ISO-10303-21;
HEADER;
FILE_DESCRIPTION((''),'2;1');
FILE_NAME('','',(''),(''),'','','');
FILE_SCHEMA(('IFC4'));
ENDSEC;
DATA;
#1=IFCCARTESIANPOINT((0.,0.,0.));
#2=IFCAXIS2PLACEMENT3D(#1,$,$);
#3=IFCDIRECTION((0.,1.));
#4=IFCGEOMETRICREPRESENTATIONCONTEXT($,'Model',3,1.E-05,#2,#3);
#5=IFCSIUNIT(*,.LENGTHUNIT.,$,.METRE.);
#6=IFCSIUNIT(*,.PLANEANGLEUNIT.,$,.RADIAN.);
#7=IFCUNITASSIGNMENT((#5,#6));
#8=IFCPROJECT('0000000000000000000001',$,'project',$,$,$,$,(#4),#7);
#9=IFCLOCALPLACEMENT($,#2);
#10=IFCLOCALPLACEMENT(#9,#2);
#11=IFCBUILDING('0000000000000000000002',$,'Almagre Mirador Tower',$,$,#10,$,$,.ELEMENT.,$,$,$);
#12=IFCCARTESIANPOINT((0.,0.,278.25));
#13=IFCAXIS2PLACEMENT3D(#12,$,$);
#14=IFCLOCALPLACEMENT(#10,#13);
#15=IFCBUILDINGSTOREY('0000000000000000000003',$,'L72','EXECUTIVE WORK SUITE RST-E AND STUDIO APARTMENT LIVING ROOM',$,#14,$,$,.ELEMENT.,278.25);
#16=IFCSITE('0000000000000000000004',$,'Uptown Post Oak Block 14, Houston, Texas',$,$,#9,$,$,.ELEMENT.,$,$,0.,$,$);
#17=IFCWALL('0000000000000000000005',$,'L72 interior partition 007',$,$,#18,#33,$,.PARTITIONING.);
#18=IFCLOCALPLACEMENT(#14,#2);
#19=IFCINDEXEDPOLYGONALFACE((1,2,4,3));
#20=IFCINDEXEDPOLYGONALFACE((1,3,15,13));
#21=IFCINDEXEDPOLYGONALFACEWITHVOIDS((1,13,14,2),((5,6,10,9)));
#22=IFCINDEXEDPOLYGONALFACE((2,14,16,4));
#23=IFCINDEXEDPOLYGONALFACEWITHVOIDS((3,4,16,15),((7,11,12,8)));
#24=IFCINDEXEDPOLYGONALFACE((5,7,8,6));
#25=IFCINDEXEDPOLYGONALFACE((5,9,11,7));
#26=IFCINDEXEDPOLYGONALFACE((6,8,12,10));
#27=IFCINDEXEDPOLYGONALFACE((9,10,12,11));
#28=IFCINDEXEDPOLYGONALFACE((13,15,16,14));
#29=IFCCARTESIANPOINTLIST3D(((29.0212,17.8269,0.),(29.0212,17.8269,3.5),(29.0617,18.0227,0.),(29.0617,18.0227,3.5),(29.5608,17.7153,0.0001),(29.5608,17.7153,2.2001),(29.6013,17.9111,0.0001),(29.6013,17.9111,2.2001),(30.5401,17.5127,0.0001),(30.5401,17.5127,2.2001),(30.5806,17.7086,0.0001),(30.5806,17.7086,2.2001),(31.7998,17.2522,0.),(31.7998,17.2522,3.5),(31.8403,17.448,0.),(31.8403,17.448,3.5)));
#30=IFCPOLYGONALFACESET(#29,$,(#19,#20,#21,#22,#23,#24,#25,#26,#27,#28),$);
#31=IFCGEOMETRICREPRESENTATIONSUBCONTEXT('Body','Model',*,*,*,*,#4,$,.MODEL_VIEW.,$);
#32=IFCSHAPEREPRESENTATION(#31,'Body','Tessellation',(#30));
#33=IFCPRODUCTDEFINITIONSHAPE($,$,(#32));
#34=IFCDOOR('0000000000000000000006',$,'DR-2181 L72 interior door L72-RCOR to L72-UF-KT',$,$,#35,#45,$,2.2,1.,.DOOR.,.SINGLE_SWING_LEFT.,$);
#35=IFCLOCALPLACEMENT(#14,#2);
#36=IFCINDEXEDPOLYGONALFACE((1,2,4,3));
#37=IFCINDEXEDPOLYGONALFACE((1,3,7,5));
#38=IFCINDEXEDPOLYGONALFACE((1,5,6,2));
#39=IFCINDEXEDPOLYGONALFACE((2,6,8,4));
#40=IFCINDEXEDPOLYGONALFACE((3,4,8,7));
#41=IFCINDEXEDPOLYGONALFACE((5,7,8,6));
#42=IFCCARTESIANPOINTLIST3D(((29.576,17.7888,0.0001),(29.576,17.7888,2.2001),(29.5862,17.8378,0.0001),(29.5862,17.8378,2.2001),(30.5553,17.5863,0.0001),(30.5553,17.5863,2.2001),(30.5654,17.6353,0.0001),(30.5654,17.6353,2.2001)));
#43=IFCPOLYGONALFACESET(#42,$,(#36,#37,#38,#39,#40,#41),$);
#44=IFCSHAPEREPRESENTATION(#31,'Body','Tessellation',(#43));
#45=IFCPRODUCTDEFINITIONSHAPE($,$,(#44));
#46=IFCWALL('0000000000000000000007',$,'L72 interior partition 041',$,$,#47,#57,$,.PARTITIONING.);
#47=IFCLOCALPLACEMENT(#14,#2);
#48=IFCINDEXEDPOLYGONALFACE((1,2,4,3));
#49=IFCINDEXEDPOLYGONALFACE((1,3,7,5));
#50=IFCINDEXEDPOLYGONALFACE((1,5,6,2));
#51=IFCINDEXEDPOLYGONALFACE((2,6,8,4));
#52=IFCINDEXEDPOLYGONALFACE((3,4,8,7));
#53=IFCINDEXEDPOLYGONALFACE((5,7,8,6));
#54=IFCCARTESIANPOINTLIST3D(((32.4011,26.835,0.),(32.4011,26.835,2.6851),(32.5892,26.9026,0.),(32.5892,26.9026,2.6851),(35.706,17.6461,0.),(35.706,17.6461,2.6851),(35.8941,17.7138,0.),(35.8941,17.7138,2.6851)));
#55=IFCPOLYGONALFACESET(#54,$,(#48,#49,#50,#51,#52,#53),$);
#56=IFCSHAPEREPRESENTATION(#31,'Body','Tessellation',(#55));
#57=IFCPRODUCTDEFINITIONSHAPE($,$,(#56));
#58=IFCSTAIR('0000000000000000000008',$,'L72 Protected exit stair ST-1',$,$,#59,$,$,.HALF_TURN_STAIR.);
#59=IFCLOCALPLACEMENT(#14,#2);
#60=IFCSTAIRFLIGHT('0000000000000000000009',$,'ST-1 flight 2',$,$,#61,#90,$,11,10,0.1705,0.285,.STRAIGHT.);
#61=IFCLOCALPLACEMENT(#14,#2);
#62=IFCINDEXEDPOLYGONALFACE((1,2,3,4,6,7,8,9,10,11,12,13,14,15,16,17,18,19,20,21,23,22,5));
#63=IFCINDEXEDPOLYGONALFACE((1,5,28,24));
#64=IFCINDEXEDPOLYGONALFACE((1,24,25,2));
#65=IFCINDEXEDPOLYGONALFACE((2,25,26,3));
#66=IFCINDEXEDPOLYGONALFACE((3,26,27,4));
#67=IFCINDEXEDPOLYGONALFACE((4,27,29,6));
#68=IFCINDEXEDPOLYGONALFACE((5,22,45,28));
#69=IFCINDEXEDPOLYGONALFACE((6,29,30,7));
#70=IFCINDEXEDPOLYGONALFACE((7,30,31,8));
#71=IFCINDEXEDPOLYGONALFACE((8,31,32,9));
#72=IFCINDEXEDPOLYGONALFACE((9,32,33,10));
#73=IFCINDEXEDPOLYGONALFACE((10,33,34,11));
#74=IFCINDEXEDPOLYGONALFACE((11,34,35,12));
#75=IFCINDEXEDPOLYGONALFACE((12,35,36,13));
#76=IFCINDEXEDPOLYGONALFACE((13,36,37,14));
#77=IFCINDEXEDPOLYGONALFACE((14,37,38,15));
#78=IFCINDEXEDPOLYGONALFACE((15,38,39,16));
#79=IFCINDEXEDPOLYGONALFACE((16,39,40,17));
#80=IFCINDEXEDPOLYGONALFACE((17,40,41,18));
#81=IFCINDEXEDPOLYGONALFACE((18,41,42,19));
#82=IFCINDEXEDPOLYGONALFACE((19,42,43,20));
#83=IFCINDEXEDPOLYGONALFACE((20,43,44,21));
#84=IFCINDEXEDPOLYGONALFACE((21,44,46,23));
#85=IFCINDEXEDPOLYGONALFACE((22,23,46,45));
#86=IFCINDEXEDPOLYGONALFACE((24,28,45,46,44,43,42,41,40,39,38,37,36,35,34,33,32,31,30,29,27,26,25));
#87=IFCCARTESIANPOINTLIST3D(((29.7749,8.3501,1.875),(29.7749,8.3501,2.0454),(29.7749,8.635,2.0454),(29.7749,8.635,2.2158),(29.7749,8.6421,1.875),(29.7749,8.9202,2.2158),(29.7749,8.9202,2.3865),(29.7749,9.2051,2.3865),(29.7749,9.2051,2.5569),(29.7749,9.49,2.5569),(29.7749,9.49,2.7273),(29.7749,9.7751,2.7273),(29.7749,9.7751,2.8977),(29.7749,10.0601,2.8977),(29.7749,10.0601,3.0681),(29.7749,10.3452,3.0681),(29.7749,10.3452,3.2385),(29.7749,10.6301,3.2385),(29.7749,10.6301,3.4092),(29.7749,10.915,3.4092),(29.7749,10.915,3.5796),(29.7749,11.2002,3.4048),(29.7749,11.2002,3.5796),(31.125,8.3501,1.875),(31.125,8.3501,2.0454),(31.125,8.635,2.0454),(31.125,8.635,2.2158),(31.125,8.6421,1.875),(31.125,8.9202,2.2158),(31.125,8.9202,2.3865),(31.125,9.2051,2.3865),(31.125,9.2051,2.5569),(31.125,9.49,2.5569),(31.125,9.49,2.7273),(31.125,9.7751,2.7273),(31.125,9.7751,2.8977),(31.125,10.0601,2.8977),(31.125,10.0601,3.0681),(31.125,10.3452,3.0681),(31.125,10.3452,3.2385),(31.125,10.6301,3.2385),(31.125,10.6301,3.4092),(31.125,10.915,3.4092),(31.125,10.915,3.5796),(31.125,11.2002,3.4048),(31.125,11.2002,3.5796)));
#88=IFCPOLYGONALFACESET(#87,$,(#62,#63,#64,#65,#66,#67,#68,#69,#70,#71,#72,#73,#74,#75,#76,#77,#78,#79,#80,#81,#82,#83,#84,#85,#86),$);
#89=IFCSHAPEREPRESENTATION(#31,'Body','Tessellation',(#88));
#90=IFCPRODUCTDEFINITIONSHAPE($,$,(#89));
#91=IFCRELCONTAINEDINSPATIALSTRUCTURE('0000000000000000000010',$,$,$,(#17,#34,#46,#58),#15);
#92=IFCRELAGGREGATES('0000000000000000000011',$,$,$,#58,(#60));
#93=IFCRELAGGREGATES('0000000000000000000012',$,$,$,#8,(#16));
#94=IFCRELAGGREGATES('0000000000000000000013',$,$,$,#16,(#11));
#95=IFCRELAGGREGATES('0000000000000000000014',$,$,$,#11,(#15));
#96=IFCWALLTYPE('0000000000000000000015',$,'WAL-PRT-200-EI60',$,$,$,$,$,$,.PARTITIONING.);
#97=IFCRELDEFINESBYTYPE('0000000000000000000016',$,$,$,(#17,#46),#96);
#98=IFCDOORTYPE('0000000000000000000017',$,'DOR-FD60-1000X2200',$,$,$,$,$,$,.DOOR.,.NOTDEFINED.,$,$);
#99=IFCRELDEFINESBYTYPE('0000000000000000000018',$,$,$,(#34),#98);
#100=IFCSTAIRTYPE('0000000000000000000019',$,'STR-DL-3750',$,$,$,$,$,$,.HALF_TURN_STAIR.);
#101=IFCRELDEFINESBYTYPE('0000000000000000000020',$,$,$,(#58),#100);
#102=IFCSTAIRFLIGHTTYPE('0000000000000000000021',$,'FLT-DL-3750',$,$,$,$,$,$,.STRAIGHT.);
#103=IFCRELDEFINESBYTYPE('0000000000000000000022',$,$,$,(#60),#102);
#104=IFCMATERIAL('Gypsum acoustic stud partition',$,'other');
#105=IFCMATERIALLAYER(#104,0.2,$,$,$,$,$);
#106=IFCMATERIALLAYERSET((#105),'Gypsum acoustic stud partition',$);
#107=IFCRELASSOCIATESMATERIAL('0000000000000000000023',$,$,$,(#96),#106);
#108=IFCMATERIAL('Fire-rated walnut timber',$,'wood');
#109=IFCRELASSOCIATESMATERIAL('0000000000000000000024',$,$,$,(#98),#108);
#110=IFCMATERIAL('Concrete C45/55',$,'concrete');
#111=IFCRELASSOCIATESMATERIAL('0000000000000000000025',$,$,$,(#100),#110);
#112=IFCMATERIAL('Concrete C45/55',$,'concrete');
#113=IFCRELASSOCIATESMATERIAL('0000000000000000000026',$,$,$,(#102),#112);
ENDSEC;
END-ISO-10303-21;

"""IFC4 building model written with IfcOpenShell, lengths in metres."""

from ifc_helpers import new_model, si_unit, direction, frame, frame_2d, origin, place, context, subcontext, project, spatial, polyline, rectangle, outline, extrude, material, layer, layer_set, type_object, element, fill, aggregate, save


model = new_model("IFC4")

# Units and contexts
model_context = context("Model", 3, precision=1e-05, world=origin(), true_north=direction((0.0, 1.0)))
body_context = subcontext(model_context, "Body", "Model", "MODEL_VIEW")
ifc_project = project(units=[si_unit("LENGTHUNIT", "METRE"), si_unit("PLANEANGLEUNIT", "RADIAN")], contexts=[model_context])

# Site, building, storey
site_placement = place(None, origin())
site = spatial("IfcSite", under=ifc_project, at=site_placement, Name="Uptown Post Oak Block 14, Houston, Texas", CompositionType="ELEMENT", RefElevation=0.0)
building_placement = place(site_placement, origin())
building = spatial("IfcBuilding", under=site, at=building_placement, Name="Almagre Mirador Tower", CompositionType="ELEMENT")
storey_placement = place(building_placement, frame((0.0, 0.0, 278.25)))
storey = spatial("IfcBuildingStorey", under=building, at=storey_placement, Name="L72", Description="EXECUTIVE WORK SUITE RST-E AND STUDIO APARTMENT LIVING ROOM", CompositionType="ELEMENT", Elevation=278.25)

# Shared definitions
ifc_material_1 = material(Name="Gypsum acoustic stud partition", Category="other")
ifc_layer_1 = layer(ifc_material_1, 0.2)
ifc_layer_set_1 = layer_set([ifc_layer_1], Name="Gypsum acoustic stud partition")
wall_type_1 = type_object("IfcWallType", Name="WAL-PRT-200-EI60", PredefinedType="PARTITIONING", material=ifc_layer_set_1)

# Wall, opening, door
ifc_material_2 = material(Name="Fire-rated walnut timber", Category="wood")
door_type_1 = type_object("IfcDoorType", Name="DOR-FD60-1000X2200", OperationType="NOTDEFINED", PredefinedType="DOOR", material=ifc_material_2)
wall_1_placement = place(storey_placement, frame((31.8201, 17.3501, 0.0), z_axis=(0.0, 0.0, 1.0), x_axis=(-0.979272, 0.202549, 0.0)))
wall_1 = element("IfcWall", 1, at=wall_1_placement, inside=storey, type_object=wall_type_1, Name="L72 interior partition 007", PredefinedType="PARTITIONING", context=body_context, shape_type="SweptSolid", body=[
    extrude(rectangle(XDim=2.8374, YDim=0.2, at=frame_2d((1.4187, 0.0))), origin(), (0.0, 0.0, 1.0), 3.5),
])
opening_1_placement = place(wall_1_placement, frame((1.2864, 0.0, 0.0)))
opening_1 = element("IfcOpeningElement", 2, at=opening_1_placement, cuts=wall_1, PredefinedType="OPENING", context=body_context, shape_type="SweptSolid", body=[
    extrude(rectangle(XDim=1.0, YDim=2.2, at=frame_2d((0.5, 1.1001))), frame((0.0, 0.1101, 0.0), z_axis=(0.0, -1.0, 0.0), x_axis=(1.0, 0.0, 0.0)), (0.0, 0.0, 1.0), 0.22),
])
door_1_placement = place(opening_1_placement, origin())
door_1 = element("IfcDoor", 3, at=door_1_placement, inside=storey, type_object=door_type_1, Name="DR-2181 L72 interior door L72-RCOR to L72-UF-KT", OperationType="SINGLE_SWING_LEFT", OverallHeight=2.2, OverallWidth=1.0, PredefinedType="DOOR", context=body_context, shape_type="SweptSolid", body=[
    extrude(rectangle(XDim=1.0, YDim=2.2, at=frame_2d((0.5, 1.1001))), frame((0.0, 0.0249, 0.0), z_axis=(0.0, -1.0, 0.0), x_axis=(1.0, 0.0, 0.0)), (0.0, 0.0, 1.0), 0.05),
])
fill(opening_1, door_1)

# Wall
wall_2_placement = place(storey_placement, frame((35.8, 17.6799, 0.0), z_axis=(0.0, 0.0, 1.0), x_axis=(-0.338439, 0.940988, 0.0)))
element("IfcWall", 4, at=wall_2_placement, inside=storey, type_object=wall_type_1, Name="L72 interior partition 041", PredefinedType="PARTITIONING", context=body_context, shape_type="SweptSolid", body=[
    extrude(rectangle(XDim=9.7651, YDim=0.2, at=frame_2d((4.8826, 0.0))), origin(), (0.0, 0.0, 1.0), 2.6851),
])

# Stair, stair flight
ifc_material_3 = material(Name="Concrete C45/55", Category="concrete")
stair_type = type_object("IfcStairType", Name="STR-DL-3750", PredefinedType="HALF_TURN_STAIR", material=ifc_material_3)
stair_placement = place(storey_placement, origin())
stair = element("IfcStair", 5, at=stair_placement, inside=storey, type_object=stair_type, Name="L72 Protected exit stair ST-1", PredefinedType="HALF_TURN_STAIR")
ifc_material_4 = material(Name="Concrete C45/55", Category="concrete")
stair_flight_type = type_object("IfcStairFlightType", Name="FLT-DL-3750", PredefinedType="STRAIGHT", material=ifc_material_4)
stair_flight_placement = place(storey_placement, frame((30.45, 8.3501, 1.875), z_axis=(0.0, 0.0, 1.0), x_axis=(0.0, 1.0, 0.0)))
stair_flight = element("IfcStairFlight", 6, at=stair_flight_placement, type_object=stair_flight_type, Name="ST-1 flight 2", NumberOfRisers=11, NumberOfTreads=10, PredefinedType="STRAIGHT", RiserHeight=0.1705, TreadLength=0.285, context=body_context, shape_type="SweptSolid", body=[
    extrude(outline(polyline([(0.0, 0.0), (0.0, 0.1704), (0.2849, 0.1704), (0.2849, 0.3408), (0.5701, 0.3408), (0.5701, 0.5115), (0.855, 0.5115), (0.855, 0.6819), (1.1399, 0.6819), (1.1399, 0.8523), (1.425, 0.8523), (1.425, 1.0227), (1.71, 1.0227), (1.71, 1.1931), (1.9951, 1.1931), (1.9951, 1.3635), (2.28, 1.3635), (2.28, 1.5342), (2.5649, 1.5342), (2.5649, 1.7046), (2.8501, 1.7046), (2.8501, 1.875), (2.8501, 1.5298), (0.292, 0.0), (0.0, 0.0)])), frame((0.0, 0.675, 0.0), z_axis=(0.0, -1.0, 0.0), x_axis=(1.0, 0.0, 0.0)), (0.0, 0.0, 1.0), 1.3501),
])
aggregate(stair, [stair_flight])

save(model, "model.ifc")
